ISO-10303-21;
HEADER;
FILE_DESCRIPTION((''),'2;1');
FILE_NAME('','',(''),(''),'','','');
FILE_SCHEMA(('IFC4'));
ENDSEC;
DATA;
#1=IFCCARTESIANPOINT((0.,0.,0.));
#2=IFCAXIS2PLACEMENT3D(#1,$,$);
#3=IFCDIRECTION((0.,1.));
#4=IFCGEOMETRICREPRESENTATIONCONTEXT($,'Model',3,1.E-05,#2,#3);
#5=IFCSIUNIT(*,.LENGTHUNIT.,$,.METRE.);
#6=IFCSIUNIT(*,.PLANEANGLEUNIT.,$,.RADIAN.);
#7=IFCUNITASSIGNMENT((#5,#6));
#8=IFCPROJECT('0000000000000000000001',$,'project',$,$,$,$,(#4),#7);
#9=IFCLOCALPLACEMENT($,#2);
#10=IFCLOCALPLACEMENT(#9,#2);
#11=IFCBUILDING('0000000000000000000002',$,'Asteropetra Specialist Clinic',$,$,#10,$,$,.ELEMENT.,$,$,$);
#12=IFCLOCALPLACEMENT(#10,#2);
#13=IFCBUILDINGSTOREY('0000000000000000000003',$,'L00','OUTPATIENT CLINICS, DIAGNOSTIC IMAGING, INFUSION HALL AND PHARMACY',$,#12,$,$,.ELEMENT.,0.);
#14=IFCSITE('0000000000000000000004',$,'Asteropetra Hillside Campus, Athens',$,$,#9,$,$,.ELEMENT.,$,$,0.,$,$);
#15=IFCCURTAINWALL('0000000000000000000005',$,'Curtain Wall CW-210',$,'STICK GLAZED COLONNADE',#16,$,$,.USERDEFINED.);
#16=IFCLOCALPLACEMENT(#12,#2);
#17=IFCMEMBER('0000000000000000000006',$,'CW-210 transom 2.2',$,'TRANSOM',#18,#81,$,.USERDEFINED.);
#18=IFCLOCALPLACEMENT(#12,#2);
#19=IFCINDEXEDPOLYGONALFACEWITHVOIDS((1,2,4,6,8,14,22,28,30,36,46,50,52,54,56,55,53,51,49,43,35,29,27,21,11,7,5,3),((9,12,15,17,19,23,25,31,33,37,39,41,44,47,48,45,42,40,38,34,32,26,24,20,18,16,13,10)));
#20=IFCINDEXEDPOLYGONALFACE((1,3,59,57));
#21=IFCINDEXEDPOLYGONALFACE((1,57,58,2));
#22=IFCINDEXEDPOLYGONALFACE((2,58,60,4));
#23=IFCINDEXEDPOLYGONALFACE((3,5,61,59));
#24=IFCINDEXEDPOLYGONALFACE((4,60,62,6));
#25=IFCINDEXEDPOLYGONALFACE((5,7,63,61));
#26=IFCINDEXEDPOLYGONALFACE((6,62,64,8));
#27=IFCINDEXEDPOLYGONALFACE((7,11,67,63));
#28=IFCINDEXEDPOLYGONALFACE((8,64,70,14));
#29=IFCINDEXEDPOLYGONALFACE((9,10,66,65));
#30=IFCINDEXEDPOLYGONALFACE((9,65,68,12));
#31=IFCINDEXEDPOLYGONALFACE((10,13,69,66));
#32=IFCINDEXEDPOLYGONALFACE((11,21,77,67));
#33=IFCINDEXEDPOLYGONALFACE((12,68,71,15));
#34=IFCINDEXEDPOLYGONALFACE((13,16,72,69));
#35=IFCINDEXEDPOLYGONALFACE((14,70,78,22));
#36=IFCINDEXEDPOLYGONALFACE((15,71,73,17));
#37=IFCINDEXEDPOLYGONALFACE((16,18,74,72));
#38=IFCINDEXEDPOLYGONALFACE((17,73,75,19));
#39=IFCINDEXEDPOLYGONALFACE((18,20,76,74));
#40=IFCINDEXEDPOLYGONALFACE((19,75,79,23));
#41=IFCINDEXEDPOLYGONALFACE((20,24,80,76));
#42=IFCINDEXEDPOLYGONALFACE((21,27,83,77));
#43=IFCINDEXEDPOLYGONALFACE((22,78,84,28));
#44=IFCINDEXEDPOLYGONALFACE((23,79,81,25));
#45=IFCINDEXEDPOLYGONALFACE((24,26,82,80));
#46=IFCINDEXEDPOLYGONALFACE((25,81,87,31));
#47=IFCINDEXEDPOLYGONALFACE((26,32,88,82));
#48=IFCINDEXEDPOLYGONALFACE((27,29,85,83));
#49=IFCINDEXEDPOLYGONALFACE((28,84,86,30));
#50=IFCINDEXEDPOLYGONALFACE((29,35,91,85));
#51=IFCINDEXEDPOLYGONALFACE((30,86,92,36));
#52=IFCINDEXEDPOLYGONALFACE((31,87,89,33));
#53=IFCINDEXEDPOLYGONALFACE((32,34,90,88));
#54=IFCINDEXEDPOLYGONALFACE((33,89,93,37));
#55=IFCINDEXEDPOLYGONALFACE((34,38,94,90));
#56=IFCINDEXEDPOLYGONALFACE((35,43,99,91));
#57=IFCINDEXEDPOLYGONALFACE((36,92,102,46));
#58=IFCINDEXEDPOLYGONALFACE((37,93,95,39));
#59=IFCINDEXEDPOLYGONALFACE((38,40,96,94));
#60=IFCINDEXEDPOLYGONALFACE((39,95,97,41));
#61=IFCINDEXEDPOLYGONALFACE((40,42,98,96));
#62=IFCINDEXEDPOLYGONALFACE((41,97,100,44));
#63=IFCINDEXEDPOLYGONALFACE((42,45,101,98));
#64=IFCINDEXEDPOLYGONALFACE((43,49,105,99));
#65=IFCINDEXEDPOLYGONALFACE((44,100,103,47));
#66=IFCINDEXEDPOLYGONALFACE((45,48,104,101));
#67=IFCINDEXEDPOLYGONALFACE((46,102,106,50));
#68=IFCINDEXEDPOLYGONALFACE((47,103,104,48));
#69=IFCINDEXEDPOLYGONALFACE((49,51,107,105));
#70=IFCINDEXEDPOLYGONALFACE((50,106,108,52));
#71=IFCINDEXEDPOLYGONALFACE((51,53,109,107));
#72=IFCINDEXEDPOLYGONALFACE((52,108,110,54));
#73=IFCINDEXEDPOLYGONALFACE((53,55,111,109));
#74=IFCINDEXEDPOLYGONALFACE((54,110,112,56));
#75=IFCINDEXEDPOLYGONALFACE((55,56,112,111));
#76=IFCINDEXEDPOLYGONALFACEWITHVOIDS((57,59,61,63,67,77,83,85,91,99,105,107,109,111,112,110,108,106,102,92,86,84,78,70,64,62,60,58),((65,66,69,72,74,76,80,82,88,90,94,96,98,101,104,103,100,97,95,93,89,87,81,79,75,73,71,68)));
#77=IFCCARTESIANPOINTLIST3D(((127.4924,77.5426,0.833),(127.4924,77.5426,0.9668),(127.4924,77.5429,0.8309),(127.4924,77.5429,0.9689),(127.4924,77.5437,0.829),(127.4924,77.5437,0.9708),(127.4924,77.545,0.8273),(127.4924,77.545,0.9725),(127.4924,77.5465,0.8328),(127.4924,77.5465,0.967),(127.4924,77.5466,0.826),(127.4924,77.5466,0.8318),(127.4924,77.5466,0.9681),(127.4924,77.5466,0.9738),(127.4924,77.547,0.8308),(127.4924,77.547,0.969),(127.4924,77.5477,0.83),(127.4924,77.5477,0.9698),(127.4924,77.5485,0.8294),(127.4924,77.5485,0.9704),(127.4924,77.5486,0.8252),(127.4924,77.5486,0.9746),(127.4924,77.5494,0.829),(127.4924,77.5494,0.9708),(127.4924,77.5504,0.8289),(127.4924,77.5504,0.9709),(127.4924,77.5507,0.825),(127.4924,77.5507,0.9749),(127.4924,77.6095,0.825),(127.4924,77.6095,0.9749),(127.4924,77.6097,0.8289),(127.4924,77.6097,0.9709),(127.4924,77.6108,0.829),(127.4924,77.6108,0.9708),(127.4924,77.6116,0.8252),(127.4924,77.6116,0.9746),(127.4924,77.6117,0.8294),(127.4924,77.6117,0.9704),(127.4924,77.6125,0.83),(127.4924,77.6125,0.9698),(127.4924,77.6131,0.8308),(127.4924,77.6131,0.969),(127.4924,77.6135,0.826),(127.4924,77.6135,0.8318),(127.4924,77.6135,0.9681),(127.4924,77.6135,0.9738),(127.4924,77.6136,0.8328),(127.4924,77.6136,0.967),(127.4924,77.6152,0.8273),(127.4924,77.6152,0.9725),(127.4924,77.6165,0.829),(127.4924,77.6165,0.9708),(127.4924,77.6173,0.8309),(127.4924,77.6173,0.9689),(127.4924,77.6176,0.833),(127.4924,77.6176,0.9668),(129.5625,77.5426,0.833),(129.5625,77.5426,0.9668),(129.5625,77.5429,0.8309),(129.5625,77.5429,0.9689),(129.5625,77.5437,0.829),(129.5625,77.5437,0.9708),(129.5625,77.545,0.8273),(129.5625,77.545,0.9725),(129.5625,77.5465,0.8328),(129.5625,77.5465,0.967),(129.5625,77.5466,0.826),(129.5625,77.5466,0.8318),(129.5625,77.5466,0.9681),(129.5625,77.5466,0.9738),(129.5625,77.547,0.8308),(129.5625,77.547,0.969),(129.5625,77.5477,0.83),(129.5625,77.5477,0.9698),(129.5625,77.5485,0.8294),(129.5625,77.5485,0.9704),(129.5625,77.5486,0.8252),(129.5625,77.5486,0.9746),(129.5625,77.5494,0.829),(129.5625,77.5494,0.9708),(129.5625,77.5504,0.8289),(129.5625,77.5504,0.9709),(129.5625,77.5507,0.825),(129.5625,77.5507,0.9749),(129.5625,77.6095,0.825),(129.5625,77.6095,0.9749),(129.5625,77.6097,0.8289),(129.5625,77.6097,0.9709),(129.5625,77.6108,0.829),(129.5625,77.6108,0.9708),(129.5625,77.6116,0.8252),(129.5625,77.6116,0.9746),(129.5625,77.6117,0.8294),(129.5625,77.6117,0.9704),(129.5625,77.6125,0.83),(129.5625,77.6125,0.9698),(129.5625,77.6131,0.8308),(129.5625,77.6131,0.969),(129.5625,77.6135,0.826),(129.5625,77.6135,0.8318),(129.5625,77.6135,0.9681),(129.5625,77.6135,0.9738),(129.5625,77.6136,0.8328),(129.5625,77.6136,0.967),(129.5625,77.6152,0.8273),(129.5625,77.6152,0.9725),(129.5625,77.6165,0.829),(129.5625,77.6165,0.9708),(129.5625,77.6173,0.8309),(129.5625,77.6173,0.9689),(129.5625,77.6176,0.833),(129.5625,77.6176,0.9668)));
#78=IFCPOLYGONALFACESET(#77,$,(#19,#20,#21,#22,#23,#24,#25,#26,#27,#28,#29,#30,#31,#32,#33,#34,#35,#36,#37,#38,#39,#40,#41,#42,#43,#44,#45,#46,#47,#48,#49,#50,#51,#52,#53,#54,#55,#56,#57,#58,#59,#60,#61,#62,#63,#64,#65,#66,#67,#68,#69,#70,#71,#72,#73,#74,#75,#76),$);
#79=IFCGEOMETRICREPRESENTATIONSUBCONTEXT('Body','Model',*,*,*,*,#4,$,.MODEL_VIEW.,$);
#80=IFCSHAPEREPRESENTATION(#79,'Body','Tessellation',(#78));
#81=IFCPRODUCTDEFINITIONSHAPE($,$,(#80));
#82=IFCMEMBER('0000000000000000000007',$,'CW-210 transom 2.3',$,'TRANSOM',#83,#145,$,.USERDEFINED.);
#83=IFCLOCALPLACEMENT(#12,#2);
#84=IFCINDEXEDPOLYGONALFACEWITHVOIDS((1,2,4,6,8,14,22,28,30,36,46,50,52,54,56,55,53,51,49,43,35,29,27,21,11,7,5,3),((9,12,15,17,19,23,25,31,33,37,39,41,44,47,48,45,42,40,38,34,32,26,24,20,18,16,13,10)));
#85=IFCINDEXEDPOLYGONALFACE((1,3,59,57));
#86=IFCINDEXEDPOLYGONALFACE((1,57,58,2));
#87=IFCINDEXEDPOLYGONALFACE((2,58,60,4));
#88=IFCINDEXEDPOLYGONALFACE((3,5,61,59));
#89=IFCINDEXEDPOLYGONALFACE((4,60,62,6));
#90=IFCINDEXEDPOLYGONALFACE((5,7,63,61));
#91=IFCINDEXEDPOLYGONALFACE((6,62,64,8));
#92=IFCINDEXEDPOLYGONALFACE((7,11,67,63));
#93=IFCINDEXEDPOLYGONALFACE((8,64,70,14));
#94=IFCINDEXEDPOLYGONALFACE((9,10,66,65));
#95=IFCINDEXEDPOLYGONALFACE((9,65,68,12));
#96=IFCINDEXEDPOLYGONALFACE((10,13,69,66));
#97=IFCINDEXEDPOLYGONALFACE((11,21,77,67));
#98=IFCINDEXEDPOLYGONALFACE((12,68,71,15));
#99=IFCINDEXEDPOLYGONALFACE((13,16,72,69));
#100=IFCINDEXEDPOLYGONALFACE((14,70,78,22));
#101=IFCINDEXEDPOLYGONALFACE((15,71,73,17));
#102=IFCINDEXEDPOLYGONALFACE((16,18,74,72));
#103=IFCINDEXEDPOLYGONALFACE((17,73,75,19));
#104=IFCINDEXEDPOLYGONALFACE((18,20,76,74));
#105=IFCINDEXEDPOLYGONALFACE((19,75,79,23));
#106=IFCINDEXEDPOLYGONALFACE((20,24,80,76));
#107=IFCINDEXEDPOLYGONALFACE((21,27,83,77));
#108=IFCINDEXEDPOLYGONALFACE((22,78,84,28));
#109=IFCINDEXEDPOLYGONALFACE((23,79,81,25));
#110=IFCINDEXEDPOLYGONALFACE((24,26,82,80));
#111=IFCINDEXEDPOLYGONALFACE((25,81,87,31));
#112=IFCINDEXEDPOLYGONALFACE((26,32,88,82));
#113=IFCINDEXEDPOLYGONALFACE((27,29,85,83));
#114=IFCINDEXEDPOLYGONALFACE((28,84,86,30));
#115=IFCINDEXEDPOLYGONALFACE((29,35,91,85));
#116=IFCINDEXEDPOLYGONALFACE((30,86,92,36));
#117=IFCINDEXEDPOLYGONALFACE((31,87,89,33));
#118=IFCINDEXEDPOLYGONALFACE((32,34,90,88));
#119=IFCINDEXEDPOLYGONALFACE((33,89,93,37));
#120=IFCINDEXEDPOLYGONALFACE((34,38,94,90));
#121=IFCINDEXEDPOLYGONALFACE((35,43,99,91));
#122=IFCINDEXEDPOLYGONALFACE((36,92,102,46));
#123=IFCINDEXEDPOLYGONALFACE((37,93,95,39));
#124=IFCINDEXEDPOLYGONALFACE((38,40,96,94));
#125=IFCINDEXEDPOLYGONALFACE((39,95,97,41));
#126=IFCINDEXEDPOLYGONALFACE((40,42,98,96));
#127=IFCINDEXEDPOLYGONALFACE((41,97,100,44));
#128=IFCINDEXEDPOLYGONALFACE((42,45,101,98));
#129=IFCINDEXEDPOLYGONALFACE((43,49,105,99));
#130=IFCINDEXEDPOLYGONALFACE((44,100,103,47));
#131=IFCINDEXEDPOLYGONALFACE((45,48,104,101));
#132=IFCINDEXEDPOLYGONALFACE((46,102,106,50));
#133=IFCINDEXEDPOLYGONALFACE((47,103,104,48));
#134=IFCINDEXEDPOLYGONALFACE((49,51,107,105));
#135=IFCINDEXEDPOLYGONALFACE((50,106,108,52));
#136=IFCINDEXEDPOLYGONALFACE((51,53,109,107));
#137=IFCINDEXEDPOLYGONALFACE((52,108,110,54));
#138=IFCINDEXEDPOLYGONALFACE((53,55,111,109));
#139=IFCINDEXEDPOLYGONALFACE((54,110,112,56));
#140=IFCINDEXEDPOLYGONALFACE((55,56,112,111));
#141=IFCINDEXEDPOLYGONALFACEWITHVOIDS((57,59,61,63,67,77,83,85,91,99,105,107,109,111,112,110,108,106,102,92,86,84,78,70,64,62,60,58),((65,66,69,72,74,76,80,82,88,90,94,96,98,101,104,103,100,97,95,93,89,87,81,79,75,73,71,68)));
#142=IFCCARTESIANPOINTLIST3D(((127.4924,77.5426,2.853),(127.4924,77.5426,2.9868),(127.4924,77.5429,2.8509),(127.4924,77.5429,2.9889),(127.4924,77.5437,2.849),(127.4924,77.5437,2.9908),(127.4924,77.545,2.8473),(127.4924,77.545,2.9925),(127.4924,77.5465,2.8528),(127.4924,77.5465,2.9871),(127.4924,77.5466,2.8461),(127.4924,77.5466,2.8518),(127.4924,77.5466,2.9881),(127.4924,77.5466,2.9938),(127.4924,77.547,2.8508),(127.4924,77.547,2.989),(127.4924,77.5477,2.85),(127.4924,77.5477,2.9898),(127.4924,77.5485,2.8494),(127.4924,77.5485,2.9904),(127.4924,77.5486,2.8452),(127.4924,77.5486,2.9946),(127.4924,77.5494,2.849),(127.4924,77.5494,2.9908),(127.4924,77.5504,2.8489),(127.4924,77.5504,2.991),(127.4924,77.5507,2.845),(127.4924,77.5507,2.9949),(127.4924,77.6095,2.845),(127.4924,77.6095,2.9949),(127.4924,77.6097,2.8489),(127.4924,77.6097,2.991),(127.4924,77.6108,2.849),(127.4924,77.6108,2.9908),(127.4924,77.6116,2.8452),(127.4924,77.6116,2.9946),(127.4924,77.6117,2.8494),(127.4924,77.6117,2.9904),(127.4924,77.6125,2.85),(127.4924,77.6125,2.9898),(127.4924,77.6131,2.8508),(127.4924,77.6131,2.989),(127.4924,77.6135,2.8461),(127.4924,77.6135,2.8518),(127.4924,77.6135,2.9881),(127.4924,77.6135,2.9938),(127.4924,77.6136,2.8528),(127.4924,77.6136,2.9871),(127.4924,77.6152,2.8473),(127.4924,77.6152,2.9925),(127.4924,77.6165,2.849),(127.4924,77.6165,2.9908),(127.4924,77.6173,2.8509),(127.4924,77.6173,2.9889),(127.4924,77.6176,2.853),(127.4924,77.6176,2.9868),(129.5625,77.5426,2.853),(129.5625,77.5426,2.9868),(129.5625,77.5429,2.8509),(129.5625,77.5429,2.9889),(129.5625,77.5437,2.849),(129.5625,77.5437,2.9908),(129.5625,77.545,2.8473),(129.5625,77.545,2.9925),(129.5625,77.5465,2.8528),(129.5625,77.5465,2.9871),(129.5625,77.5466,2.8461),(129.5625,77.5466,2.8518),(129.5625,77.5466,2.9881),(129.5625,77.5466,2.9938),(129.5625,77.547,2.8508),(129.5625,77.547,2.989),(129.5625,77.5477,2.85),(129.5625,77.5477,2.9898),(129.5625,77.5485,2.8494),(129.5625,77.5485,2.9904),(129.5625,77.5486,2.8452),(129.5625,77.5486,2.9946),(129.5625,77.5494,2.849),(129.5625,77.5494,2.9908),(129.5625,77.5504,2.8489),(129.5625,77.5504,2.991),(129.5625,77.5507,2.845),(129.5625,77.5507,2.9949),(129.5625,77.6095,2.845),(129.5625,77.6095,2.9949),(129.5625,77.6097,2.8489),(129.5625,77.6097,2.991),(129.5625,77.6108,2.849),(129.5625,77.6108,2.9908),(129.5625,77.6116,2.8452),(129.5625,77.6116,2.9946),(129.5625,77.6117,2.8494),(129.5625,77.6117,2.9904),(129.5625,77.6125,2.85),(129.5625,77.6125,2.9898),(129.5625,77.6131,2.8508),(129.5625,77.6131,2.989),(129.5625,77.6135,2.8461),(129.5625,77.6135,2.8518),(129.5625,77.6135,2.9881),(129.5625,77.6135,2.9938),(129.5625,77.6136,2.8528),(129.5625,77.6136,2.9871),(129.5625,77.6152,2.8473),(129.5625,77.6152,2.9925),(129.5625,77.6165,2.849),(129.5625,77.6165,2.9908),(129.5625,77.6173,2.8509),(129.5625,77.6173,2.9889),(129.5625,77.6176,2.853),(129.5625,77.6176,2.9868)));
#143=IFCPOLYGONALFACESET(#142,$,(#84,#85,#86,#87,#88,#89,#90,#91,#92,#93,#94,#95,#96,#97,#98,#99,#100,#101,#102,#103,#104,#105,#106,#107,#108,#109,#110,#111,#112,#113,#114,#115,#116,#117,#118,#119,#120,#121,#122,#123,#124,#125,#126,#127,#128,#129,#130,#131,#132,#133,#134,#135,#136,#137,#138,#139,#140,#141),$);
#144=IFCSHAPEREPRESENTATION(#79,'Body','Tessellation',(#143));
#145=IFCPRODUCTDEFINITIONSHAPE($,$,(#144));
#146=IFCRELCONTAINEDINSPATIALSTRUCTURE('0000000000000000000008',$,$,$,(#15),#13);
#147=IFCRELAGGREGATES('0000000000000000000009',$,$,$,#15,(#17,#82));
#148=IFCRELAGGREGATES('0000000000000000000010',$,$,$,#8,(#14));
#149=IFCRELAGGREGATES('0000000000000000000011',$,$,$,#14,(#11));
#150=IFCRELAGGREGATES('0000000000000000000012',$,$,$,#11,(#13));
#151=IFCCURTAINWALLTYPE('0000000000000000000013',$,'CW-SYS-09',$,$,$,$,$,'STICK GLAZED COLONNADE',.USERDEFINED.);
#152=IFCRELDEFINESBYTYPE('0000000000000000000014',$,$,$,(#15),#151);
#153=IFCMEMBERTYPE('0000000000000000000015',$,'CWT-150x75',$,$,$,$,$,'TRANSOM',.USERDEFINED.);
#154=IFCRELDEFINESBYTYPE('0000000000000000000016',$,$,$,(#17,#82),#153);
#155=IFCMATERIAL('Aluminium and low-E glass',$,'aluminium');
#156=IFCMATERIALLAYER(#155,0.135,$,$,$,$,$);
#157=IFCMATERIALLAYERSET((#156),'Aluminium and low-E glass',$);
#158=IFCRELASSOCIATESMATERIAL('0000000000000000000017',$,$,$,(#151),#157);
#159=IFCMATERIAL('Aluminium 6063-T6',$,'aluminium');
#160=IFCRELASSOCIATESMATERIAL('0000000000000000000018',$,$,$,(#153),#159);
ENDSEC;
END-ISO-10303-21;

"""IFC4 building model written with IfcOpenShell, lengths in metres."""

from ifc_helpers import new_model, si_unit, direction, frame, origin, origin_2d, place, context, subcontext, project, spatial, hollow_rectangle, extrude, material, layer, layer_set, material_profile, profile_set, type_object, element, aggregate, save


model = new_model("IFC4")

# Units and contexts
model_context = context("Model", 3, precision=1e-05, world=origin(), true_north=direction((0.0, 1.0)))
body_context = subcontext(model_context, "Body", "Model", "MODEL_VIEW")
ifc_project = project(units=[si_unit("LENGTHUNIT", "METRE"), si_unit("PLANEANGLEUNIT", "RADIAN")], contexts=[model_context])

# Site, building, storey
site_placement = place(None, origin())
site = spatial("IfcSite", under=ifc_project, at=site_placement, Name="Asteropetra Hillside Campus, Athens", CompositionType="ELEMENT", RefElevation=0.0)
building_placement = place(site_placement, origin())
building = spatial("IfcBuilding", under=site, at=building_placement, Name="Asteropetra Specialist Clinic", CompositionType="ELEMENT")
storey_placement = place(building_placement, origin())
storey = spatial("IfcBuildingStorey", under=building, at=storey_placement, Name="L00", Description="OUTPATIENT CLINICS, DIAGNOSTIC IMAGING, INFUSION HALL AND PHARMACY", CompositionType="ELEMENT", Elevation=0.0)

# Curtain wall, members
ifc_material_1 = material(Name="Aluminium and low-E glass", Category="aluminium")
ifc_layer_1 = layer(ifc_material_1, 0.135)
ifc_layer_set_1 = layer_set([ifc_layer_1], Name="Aluminium and low-E glass")
curtain_wall_type_1 = type_object("IfcCurtainWallType", Name="CW-SYS-09", ElementType="STICK GLAZED COLONNADE", PredefinedType="USERDEFINED", material=ifc_layer_set_1)
curtain_wall_1_placement = place(storey_placement, origin())
curtain_wall_1 = element("IfcCurtainWall", 1, at=curtain_wall_1_placement, inside=storey, type_object=curtain_wall_type_1, Name="Curtain Wall CW-210", ObjectType="STICK GLAZED COLONNADE", PredefinedType="USERDEFINED")
ifc_material_2 = material(Name="Aluminium 6063-T6", Category="aluminium")
ifc_material_profile_1 = material_profile(ifc_material_2, hollow_rectangle(XDim=0.075, YDim=0.1499, WallThickness=0.0039, InnerFilletRadius=0.0039, OuterFilletRadius=0.0081, at=origin_2d()), Name="TRN 150x75x4.0")
ifc_profile_set_1 = profile_set([ifc_material_profile_1], Name="Aluminium 6063-T6")
member_type_1 = type_object("IfcMemberType", Name="CWT-150x75", ElementType="TRANSOM", PredefinedType="USERDEFINED", material=ifc_profile_set_1)
member_1_placement = place(storey_placement, frame((127.4924, 77.5801, 0.8999), z_axis=(1.0, 0.0, 0.0), x_axis=(0.0, 1.0, 0.0)))
member_1 = element("IfcMember", 2, at=member_1_placement, type_object=member_type_1, Name="CW-210 transom 2.2", ObjectType="TRANSOM", PredefinedType="USERDEFINED", context=body_context, shape_type="SweptSolid", body=[
    extrude(hollow_rectangle(XDim=0.075, YDim=0.1499, WallThickness=0.0039, InnerFilletRadius=0.0039, OuterFilletRadius=0.0081, at=origin_2d()), origin(), (0.0, 0.0, 1.0), 2.0701),
])
member_2_placement = place(storey_placement, frame((127.4924, 77.5801, 2.9199), z_axis=(1.0, 0.0, 0.0), x_axis=(0.0, 1.0, 0.0)))
member_2 = element("IfcMember", 3, at=member_2_placement, type_object=member_type_1, Name="CW-210 transom 2.3", ObjectType="TRANSOM", PredefinedType="USERDEFINED", context=body_context, shape_type="SweptSolid", body=[
    extrude(hollow_rectangle(XDim=0.075, YDim=0.1499, WallThickness=0.0039, InnerFilletRadius=0.0039, OuterFilletRadius=0.0081, at=origin_2d()), origin(), (0.0, 0.0, 1.0), 2.0701),
])
aggregate(curtain_wall_1, [member_1, member_2])

save(model, "model.ifc")
